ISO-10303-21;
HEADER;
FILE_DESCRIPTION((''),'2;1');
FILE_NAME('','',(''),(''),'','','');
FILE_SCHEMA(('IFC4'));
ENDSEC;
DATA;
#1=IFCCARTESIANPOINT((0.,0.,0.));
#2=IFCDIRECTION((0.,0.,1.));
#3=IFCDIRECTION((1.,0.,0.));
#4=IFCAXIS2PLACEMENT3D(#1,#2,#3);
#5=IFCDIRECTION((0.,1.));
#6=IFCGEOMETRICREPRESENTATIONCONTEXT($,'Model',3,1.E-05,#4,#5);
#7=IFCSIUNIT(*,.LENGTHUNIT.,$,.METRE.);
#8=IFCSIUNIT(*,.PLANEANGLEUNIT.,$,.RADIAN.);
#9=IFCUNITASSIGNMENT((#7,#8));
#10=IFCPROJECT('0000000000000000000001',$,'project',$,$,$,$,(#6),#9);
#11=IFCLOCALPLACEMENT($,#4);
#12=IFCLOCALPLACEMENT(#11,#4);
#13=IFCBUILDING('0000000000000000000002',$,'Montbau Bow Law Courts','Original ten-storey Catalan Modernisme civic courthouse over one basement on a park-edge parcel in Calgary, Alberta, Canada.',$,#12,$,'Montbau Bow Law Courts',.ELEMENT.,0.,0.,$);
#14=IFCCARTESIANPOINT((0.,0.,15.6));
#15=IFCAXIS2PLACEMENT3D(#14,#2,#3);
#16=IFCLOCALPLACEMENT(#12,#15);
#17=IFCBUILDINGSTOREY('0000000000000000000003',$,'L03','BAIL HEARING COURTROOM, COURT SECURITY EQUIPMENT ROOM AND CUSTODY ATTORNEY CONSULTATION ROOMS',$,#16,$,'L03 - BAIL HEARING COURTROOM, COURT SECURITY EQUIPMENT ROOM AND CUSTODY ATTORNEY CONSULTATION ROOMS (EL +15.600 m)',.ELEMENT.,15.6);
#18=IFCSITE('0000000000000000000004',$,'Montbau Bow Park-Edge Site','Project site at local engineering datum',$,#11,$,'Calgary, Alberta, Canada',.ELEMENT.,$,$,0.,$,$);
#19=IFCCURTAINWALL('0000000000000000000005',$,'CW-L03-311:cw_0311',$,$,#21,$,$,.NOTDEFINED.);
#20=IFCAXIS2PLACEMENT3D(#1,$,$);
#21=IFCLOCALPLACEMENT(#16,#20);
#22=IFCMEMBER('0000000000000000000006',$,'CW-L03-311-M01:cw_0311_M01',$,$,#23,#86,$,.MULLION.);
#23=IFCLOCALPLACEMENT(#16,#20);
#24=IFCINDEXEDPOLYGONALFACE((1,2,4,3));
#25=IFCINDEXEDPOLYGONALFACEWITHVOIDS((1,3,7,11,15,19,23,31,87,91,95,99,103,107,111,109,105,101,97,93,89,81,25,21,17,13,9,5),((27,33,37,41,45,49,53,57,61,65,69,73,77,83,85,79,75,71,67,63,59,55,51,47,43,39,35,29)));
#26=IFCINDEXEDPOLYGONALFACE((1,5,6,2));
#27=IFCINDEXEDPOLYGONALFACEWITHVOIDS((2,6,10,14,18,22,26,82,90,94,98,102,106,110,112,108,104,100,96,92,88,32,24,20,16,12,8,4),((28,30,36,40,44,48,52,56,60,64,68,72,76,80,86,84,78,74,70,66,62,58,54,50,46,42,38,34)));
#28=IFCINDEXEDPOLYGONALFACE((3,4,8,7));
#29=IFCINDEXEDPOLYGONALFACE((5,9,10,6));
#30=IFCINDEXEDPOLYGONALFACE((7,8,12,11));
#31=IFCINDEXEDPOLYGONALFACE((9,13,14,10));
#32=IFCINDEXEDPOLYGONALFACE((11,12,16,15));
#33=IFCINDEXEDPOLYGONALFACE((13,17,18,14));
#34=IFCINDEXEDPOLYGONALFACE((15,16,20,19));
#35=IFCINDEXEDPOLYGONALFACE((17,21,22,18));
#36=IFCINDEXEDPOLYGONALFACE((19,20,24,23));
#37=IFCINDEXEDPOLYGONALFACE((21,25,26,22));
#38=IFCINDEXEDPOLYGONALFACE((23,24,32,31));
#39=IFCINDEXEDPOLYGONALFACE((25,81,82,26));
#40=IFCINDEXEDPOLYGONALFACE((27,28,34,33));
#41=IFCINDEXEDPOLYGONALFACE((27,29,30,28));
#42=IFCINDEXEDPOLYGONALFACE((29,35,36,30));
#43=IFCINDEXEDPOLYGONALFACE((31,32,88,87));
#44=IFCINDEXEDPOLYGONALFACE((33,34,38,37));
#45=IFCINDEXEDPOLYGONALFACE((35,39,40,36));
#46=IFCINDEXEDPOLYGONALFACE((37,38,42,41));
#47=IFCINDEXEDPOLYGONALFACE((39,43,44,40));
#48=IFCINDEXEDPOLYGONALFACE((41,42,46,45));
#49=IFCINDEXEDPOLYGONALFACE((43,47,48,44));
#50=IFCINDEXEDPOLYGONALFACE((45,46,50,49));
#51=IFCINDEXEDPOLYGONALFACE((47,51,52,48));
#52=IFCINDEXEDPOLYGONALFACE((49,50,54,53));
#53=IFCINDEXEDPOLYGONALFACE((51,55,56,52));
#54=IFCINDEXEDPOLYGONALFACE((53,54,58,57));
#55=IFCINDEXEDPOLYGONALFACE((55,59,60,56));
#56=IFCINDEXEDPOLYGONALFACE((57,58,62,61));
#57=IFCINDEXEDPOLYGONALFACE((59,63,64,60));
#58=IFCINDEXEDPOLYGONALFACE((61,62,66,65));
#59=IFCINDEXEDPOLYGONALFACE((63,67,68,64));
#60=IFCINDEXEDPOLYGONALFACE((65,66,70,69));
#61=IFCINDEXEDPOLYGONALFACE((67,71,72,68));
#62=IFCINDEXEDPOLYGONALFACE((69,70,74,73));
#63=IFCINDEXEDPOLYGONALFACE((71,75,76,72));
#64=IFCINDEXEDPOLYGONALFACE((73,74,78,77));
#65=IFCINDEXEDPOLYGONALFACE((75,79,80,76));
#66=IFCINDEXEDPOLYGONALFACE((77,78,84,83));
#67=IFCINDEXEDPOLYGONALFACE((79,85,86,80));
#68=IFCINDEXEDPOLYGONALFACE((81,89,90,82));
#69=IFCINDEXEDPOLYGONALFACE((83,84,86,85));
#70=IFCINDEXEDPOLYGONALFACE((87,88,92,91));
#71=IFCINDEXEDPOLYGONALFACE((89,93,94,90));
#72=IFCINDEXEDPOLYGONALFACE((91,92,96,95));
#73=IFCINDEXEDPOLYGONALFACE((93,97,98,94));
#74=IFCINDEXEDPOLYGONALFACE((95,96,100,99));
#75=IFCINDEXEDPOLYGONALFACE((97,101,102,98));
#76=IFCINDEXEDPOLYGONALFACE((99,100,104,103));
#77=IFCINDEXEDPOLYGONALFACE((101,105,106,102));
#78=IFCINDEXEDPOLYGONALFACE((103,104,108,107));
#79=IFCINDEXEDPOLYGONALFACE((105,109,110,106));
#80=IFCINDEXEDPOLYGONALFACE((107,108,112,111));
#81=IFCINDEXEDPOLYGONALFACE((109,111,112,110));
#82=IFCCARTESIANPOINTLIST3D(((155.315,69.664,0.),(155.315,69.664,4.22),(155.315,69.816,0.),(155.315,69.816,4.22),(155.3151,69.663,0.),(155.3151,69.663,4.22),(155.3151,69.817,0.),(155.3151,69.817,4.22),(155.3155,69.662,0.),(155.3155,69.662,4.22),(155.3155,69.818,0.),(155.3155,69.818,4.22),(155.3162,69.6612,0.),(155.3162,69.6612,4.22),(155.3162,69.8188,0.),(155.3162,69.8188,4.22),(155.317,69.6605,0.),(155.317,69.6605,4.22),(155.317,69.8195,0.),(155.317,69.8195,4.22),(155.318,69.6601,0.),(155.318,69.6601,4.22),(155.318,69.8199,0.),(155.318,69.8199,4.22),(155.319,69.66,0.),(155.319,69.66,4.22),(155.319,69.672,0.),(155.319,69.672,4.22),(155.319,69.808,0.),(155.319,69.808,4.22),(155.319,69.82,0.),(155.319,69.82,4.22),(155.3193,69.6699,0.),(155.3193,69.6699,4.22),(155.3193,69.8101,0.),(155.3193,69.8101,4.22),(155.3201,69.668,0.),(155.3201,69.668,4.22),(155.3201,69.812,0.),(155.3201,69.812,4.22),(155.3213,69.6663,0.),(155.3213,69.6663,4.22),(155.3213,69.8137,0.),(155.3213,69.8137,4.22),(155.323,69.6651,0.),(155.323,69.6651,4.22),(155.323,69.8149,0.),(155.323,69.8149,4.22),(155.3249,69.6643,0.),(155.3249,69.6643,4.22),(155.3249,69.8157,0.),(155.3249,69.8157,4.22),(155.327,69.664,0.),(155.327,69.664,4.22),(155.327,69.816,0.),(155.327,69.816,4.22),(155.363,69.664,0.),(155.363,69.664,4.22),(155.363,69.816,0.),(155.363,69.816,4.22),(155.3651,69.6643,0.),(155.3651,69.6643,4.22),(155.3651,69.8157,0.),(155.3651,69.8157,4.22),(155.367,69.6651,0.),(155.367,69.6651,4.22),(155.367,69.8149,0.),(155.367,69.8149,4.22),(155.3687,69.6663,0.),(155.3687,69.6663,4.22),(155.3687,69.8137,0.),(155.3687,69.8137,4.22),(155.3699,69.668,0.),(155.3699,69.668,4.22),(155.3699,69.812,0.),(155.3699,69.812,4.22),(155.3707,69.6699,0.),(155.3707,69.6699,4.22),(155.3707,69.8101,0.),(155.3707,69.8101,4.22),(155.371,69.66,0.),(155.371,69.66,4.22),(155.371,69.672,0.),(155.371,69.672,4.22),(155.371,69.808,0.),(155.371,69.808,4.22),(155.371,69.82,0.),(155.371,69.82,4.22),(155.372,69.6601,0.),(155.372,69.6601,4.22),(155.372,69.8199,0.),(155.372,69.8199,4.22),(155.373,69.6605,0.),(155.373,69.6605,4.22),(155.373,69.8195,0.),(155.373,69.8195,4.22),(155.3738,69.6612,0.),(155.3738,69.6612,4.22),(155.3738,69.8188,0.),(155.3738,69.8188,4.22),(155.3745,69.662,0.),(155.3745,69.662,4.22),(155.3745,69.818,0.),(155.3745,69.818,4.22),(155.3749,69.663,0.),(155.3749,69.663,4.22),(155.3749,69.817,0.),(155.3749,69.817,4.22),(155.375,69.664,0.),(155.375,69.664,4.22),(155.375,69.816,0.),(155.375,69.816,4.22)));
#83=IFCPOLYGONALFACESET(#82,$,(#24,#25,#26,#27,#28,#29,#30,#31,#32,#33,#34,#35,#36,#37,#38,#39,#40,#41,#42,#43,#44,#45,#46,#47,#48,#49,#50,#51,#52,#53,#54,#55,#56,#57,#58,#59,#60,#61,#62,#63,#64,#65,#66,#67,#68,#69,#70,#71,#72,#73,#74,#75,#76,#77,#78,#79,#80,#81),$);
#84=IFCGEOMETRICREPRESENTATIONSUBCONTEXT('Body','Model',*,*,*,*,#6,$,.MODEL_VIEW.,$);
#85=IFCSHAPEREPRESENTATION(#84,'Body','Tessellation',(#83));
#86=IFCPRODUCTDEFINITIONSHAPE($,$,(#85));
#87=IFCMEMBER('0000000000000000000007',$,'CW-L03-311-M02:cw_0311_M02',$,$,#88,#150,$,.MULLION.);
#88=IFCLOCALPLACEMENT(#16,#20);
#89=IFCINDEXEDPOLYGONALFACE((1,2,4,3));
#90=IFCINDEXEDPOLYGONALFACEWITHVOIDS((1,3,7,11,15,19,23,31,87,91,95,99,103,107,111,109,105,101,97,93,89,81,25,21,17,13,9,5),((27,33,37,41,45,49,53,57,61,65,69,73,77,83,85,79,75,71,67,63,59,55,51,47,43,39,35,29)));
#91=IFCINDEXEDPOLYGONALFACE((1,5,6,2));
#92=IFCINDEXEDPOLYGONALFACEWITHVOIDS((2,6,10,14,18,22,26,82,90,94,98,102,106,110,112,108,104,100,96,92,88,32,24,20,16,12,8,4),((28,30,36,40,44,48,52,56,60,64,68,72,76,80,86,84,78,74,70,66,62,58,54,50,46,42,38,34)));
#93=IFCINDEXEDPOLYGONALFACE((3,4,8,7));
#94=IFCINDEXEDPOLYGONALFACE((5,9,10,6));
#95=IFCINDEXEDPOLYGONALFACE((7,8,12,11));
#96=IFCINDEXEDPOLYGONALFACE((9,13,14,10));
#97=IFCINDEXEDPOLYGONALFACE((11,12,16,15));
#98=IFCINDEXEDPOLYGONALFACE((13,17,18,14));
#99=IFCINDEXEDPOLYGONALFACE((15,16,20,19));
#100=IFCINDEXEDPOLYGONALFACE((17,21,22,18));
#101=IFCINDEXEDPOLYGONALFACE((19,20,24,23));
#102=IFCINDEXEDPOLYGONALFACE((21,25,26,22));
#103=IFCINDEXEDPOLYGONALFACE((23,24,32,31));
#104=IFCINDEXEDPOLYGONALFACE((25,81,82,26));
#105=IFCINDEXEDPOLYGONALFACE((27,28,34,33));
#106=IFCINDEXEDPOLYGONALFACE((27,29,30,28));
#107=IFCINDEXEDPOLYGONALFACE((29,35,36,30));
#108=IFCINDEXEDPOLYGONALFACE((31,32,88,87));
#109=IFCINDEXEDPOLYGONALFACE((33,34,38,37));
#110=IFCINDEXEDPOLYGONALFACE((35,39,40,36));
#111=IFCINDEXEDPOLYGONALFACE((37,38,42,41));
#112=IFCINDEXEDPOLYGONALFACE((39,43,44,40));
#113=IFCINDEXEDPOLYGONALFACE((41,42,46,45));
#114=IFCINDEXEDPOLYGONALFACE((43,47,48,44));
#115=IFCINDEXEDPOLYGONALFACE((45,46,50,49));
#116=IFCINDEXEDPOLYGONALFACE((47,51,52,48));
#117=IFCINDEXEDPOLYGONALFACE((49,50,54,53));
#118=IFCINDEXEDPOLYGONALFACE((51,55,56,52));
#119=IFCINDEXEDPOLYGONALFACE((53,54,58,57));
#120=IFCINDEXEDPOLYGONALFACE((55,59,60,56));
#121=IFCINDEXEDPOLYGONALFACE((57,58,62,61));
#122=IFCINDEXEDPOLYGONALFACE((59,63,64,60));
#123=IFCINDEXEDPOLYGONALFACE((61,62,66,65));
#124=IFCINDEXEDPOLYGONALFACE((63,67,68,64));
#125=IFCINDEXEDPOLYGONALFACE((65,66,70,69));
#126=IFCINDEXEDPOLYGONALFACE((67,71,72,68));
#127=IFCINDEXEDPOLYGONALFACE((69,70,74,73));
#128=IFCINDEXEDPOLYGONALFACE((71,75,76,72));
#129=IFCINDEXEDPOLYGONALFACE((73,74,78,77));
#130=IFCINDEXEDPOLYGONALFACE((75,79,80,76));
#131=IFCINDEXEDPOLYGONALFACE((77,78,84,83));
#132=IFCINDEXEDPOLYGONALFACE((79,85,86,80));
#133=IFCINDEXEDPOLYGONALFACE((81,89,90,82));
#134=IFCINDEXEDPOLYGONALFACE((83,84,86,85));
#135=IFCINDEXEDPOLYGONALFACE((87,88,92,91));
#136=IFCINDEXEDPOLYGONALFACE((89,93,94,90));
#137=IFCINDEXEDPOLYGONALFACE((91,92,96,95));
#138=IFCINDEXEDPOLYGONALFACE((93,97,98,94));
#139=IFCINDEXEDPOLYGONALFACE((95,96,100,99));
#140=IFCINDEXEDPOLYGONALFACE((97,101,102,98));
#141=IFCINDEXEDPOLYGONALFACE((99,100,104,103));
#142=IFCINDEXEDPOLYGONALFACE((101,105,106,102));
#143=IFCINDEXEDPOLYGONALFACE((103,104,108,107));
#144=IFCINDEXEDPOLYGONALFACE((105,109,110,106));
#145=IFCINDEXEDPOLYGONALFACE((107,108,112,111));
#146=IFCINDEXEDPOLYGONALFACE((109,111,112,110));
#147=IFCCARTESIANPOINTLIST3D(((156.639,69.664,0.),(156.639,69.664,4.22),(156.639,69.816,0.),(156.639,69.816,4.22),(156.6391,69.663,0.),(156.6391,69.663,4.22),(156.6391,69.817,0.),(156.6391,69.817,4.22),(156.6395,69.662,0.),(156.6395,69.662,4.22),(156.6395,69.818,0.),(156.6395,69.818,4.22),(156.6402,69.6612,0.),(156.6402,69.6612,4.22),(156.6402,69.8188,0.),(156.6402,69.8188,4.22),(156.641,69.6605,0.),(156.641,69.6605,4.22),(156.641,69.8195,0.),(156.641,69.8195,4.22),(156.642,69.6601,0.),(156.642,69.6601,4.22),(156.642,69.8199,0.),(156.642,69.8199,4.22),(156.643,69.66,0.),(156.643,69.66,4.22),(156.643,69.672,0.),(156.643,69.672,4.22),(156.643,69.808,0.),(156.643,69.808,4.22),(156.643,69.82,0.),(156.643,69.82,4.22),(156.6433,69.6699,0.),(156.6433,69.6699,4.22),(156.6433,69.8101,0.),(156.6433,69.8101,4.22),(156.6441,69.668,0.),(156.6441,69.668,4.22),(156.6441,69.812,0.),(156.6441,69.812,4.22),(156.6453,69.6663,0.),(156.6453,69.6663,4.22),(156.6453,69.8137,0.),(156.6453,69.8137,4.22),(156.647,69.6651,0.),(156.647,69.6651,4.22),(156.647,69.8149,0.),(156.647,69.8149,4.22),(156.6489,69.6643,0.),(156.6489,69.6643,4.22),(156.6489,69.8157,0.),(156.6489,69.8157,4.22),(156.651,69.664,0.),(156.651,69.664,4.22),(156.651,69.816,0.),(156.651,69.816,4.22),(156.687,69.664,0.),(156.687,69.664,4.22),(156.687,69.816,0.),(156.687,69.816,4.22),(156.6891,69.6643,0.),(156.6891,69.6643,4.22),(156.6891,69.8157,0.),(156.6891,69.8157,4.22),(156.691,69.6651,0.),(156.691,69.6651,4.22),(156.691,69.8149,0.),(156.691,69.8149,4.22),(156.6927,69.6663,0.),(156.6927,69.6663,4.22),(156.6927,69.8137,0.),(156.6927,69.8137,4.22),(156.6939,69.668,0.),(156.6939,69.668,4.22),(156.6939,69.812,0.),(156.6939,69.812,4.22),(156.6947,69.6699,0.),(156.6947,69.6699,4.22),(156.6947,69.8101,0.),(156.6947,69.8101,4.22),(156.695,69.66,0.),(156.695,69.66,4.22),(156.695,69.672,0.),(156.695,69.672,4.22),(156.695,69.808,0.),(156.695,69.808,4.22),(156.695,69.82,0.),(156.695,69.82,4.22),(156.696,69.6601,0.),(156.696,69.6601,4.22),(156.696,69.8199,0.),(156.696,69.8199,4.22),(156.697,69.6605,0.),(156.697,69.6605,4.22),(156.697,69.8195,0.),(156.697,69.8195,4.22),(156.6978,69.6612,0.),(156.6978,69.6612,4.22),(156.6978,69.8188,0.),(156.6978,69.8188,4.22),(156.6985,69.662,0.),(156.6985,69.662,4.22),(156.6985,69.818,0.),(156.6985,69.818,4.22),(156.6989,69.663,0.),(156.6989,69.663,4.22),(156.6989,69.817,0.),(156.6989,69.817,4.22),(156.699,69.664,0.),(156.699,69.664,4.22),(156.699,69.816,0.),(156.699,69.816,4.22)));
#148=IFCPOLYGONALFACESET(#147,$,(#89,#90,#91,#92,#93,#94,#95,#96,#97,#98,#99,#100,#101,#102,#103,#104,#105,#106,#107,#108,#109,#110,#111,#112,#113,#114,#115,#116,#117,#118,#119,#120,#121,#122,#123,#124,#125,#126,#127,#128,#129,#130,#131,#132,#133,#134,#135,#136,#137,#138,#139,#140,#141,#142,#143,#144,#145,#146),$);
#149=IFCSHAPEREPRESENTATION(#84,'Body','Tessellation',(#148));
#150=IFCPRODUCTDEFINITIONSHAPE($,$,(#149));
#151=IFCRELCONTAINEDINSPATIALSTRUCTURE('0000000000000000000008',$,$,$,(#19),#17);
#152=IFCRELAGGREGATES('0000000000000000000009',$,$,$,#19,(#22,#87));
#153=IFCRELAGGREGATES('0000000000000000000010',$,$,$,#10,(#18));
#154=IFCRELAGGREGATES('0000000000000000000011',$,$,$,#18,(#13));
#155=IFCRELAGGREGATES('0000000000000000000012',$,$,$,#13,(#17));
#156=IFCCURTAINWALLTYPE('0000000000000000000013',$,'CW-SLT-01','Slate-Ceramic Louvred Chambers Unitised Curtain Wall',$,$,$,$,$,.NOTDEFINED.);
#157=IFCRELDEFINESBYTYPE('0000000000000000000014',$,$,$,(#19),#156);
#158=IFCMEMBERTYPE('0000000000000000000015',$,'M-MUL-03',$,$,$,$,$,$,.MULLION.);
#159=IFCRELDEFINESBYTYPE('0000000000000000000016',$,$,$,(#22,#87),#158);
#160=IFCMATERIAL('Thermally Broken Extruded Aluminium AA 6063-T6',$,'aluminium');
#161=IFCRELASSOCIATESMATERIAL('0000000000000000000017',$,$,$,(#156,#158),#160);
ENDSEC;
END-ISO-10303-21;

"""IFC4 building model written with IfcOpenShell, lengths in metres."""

from ifc_helpers import new_model, si_unit, direction, frame, origin_with_axes, origin_2d_with_axis, place, context, subcontext, project, spatial, hollow_rectangle, extrude, material, material_profile, profile_set, type_object, element, aggregate, save


model = new_model("IFC4")

# Units and contexts
model_context = context("Model", 3, precision=1e-05, world=origin_with_axes(), true_north=direction((0.0, 1.0)))
body_context = subcontext(model_context, "Body", "Model", "MODEL_VIEW")
ifc_project = project(units=[si_unit("LENGTHUNIT", "METRE"), si_unit("PLANEANGLEUNIT", "RADIAN")], contexts=[model_context])

# Site, building, storey
site_placement = place(None, origin_with_axes())
site = spatial("IfcSite", under=ifc_project, at=site_placement, Name="Montbau Bow Park-Edge Site", Description="Project site at local engineering datum", LongName="Calgary, Alberta, Canada", CompositionType="ELEMENT", RefElevation=0.0)
building_placement = place(site_placement, origin_with_axes())
building = spatial("IfcBuilding", under=site, at=building_placement, Name="Montbau Bow Law Courts", Description="Original ten-storey Catalan Modernisme civic courthouse over one basement on a park-edge parcel in Calgary, Alberta, Canada.", LongName="Montbau Bow Law Courts", CompositionType="ELEMENT", ElevationOfRefHeight=0.0, ElevationOfTerrain=0.0)
storey_placement = place(building_placement, frame((0.0, 0.0, 15.6), z_axis=(0.0, 0.0, 1.0), x_axis=(1.0, 0.0, 0.0)))
storey = spatial("IfcBuildingStorey", under=building, at=storey_placement, Name="L03", Description="BAIL HEARING COURTROOM, COURT SECURITY EQUIPMENT ROOM AND CUSTODY ATTORNEY CONSULTATION ROOMS", LongName="L03 - BAIL HEARING COURTROOM, COURT SECURITY EQUIPMENT ROOM AND CUSTODY ATTORNEY CONSULTATION ROOMS (EL +15.600 m)", CompositionType="ELEMENT", Elevation=15.6)

# Curtain wall, members
ifc_material_1 = material(Name="Thermally Broken Extruded Aluminium AA 6063-T6", Category="aluminium")
curtain_wall_type = type_object("IfcCurtainWallType", Name="CW-SLT-01", Description="Slate-Ceramic Louvred Chambers Unitised Curtain Wall", PredefinedType="NOTDEFINED", material=ifc_material_1)
curtain_wall_placement = place(None, frame((155.315, 69.74, 15.6), z_axis=(0.0, 0.0, 1.0), x_axis=(1.0, 0.0, 0.0)))
curtain_wall = element("IfcCurtainWall", 1, at=curtain_wall_placement, inside=storey, type_object=curtain_wall_type, Name="CW-L03-311:cw_0311", PredefinedType="NOTDEFINED")
ifc_material_profile_1 = material_profile(ifc_material_1, hollow_rectangle(XDim=0.06, YDim=0.16, WallThickness=0.004, InnerFilletRadius=0.008, OuterFilletRadius=0.004, at=origin_2d_with_axis()), Name="CWM-160X60", Category="Main", Priority=0)
ifc_profile_set_1 = profile_set([ifc_material_profile_1], Name="Thermally Broken Extruded Aluminium AA 6063-T6")
member_type_1 = type_object("IfcMemberType", Name="M-MUL-03", PredefinedType="MULLION", material=ifc_profile_set_1)
member_1_placement = place(None, frame((155.345, 69.74, 15.6), z_axis=(0.0, 0.0, 1.0), x_axis=(1.0, 0.0, 0.0)))
member_1 = element("IfcMember", 2, at=member_1_placement, type_object=member_type_1, Name="CW-L03-311-M01:cw_0311_M01", PredefinedType="MULLION", context=body_context, shape_type="SweptSolid", body=[
    extrude(hollow_rectangle(XDim=0.06, YDim=0.16, WallThickness=0.004, InnerFilletRadius=0.008, OuterFilletRadius=0.004, at=origin_2d_with_axis()), origin_with_axes(), (0.0, 0.0, 1.0), 4.22),
])
member_2_placement = place(None, frame((156.669, 69.74, 15.6), z_axis=(0.0, 0.0, 1.0), x_axis=(1.0, 0.0, 0.0)))
member_2 = element("IfcMember", 3, at=member_2_placement, type_object=member_type_1, Name="CW-L03-311-M02:cw_0311_M02", PredefinedType="MULLION", context=body_context, shape_type="SweptSolid", body=[
    extrude(hollow_rectangle(XDim=0.06, YDim=0.16, WallThickness=0.004, InnerFilletRadius=0.008, OuterFilletRadius=0.004, at=origin_2d_with_axis()), origin_with_axes(), (0.0, 0.0, 1.0), 4.22),
])
aggregate(curtain_wall, [member_1, member_2])

save(model, "model.ifc")
